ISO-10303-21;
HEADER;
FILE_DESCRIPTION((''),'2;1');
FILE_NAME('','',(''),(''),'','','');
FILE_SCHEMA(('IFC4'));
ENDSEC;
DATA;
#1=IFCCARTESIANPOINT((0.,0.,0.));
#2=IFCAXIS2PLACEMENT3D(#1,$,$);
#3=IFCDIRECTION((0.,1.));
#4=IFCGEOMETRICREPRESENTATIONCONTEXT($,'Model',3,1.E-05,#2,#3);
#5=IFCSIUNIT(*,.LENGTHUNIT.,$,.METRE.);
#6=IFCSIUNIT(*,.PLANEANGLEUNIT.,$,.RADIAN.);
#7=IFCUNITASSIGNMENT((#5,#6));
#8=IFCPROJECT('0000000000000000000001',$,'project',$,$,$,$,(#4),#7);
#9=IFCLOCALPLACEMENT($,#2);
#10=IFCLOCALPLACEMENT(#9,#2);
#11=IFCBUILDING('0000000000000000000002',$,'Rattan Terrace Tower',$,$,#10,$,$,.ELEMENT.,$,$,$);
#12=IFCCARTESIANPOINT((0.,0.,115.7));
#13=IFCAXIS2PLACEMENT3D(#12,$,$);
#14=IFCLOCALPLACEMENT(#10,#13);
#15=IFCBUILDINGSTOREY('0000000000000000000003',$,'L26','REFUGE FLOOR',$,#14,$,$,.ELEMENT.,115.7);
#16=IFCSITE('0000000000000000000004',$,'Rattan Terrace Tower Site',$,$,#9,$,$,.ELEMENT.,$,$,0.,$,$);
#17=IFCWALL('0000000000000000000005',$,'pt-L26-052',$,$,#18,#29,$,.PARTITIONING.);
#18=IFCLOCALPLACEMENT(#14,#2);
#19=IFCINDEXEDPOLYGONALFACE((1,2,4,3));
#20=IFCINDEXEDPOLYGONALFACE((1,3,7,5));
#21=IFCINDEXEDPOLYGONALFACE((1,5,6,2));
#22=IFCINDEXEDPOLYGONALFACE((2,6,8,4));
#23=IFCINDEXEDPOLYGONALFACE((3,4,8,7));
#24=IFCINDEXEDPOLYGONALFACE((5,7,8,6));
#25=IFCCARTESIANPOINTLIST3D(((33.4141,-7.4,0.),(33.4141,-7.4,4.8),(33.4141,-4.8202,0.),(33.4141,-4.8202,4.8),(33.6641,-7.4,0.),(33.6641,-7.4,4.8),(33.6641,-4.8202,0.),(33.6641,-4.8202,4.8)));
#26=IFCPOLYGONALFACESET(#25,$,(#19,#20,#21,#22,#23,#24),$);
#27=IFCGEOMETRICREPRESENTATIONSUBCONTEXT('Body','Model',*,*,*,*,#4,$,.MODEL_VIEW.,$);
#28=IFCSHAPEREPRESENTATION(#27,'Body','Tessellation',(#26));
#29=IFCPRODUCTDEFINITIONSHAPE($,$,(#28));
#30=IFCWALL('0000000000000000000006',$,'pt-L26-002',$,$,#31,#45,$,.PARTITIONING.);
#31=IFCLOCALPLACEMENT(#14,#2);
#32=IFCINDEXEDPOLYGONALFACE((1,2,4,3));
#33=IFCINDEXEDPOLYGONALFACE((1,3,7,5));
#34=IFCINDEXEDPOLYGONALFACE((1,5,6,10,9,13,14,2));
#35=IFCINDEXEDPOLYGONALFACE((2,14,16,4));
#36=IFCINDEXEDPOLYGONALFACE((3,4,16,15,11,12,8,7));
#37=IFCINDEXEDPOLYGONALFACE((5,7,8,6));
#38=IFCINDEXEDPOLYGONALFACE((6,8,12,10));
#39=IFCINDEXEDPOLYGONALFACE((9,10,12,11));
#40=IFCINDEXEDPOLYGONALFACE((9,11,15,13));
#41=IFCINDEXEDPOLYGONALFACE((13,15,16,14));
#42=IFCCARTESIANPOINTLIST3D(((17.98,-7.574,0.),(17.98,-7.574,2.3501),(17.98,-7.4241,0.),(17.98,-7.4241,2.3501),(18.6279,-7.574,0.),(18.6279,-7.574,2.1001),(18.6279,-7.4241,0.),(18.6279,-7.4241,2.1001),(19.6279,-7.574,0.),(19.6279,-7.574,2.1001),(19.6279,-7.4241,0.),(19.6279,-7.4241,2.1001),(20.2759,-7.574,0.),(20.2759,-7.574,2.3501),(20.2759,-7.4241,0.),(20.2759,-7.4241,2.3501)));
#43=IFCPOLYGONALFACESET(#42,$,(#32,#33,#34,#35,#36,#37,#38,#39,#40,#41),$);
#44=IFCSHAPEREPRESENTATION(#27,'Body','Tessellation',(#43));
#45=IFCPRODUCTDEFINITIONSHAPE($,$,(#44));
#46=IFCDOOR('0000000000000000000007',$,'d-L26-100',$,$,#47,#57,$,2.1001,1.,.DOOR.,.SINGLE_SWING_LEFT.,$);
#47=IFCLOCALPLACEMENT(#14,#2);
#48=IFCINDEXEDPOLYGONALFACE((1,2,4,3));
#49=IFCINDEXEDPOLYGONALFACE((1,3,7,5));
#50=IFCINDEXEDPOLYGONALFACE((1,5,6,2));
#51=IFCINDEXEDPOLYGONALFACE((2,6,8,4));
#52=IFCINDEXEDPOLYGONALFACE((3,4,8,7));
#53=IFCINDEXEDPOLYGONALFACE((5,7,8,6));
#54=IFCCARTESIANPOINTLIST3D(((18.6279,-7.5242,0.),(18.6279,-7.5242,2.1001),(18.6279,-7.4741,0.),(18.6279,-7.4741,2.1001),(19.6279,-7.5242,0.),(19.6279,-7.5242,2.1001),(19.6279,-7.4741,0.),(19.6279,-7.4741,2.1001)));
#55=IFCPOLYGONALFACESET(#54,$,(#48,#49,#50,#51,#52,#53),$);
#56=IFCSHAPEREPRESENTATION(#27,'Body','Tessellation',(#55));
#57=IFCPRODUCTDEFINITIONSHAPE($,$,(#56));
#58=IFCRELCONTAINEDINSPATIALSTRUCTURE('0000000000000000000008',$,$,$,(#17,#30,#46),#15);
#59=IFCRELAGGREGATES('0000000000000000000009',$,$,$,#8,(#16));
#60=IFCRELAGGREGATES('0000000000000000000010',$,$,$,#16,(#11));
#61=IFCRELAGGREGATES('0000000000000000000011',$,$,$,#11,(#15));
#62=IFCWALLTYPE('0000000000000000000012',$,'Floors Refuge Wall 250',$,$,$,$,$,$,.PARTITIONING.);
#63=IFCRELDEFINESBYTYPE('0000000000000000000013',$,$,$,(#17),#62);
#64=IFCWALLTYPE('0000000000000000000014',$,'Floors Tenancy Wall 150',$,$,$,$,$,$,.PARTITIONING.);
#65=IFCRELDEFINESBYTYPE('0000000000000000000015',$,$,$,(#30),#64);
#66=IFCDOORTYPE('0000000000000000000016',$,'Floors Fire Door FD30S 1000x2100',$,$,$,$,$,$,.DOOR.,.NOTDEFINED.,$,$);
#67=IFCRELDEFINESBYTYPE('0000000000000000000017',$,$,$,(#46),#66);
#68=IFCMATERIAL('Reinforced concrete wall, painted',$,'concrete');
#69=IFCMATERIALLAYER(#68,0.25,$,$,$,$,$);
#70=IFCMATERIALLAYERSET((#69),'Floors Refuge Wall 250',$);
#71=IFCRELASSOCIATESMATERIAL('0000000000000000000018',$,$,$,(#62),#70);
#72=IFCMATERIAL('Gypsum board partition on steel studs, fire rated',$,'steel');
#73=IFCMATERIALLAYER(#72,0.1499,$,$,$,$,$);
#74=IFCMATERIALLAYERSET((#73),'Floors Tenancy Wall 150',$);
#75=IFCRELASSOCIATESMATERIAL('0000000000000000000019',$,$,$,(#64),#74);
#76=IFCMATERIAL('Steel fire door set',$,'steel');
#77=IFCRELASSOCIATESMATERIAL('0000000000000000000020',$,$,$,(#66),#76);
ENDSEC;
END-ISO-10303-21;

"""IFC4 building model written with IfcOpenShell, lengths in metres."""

from ifc_helpers import new_model, si_unit, direction, frame, frame_2d, origin, place, context, subcontext, project, spatial, rectangle, extrude, material, layer, layer_set, type_object, element, fill, save


model = new_model("IFC4")

# Units and contexts
model_context = context("Model", 3, precision=1e-05, world=origin(), true_north=direction((0.0, 1.0)))
body_context = subcontext(model_context, "Body", "Model", "MODEL_VIEW")
ifc_project = project(units=[si_unit("LENGTHUNIT", "METRE"), si_unit("PLANEANGLEUNIT", "RADIAN")], contexts=[model_context])

# Site, building, storey
site_placement = place(None, origin())
site = spatial("IfcSite", under=ifc_project, at=site_placement, Name="Rattan Terrace Tower Site", CompositionType="ELEMENT", RefElevation=0.0)
building_placement = place(site_placement, origin())
building = spatial("IfcBuilding", under=site, at=building_placement, Name="Rattan Terrace Tower", CompositionType="ELEMENT")
storey_placement = place(building_placement, frame((0.0, 0.0, 115.7)))
storey = spatial("IfcBuildingStorey", under=building, at=storey_placement, Name="L26", Description="REFUGE FLOOR", CompositionType="ELEMENT", Elevation=115.7)

# Shared definitions
ifc_material_1 = material(Name="Reinforced concrete wall, painted", Category="concrete")
ifc_layer_1 = layer(ifc_material_1, 0.25)
ifc_layer_set_1 = layer_set([ifc_layer_1], Name="Floors Refuge Wall 250")
wall_type_1 = type_object("IfcWallType", Name="Floors Refuge Wall 250", PredefinedType="PARTITIONING", material=ifc_layer_set_1)

# Wall
wall_1_placement = place(storey_placement, frame((33.5391, -4.8201, 0.0), z_axis=(0.0, 0.0, 1.0), x_axis=(0.0, -1.0, 0.0)))
element("IfcWall", 1, at=wall_1_placement, inside=storey, type_object=wall_type_1, Name="pt-L26-052", PredefinedType="PARTITIONING", context=body_context, shape_type="SweptSolid", body=[
    extrude(rectangle(XDim=2.5798, YDim=0.25, at=frame_2d((1.29, 0.0))), origin(), (0.0, 0.0, 1.0), 4.8),
])

# Wall, opening, door
ifc_material_2 = material(Name="Gypsum board partition on steel studs, fire rated", Category="steel")
ifc_layer_2 = layer(ifc_material_2, 0.1499)
ifc_layer_set_2 = layer_set([ifc_layer_2], Name="Floors Tenancy Wall 150")
wall_type_2 = type_object("IfcWallType", Name="Floors Tenancy Wall 150", PredefinedType="PARTITIONING", material=ifc_layer_set_2)
wall_2_placement = place(storey_placement, frame((17.98, -7.499, 0.0), z_axis=(0.0, 0.0, 1.0), x_axis=(1.0, 0.0, 0.0)))
wall_2 = element("IfcWall", 2, at=wall_2_placement, inside=storey, type_object=wall_type_2, Name="pt-L26-002", PredefinedType="PARTITIONING", context=body_context, shape_type="SweptSolid", body=[
    extrude(rectangle(XDim=2.2959, YDim=0.1499, at=frame_2d((1.1479, 0.0))), origin(), (0.0, 0.0, 1.0), 2.3501),
])
opening_1_placement = place(wall_2_placement, frame((0.6479, 0.0, 0.0)))
opening_1 = element("IfcOpeningElement", 3, at=opening_1_placement, cuts=wall_2, PredefinedType="OPENING", context=body_context, shape_type="SweptSolid", body=[
    extrude(rectangle(XDim=1.0, YDim=2.1001, at=frame_2d((0.5, 1.05))), frame((0.0, 0.0854, 0.0), z_axis=(0.0, -1.0, 0.0), x_axis=(1.0, 0.0, 0.0)), (0.0, 0.0, 1.0), 0.1709),
])
ifc_material_3 = material(Name="Steel fire door set", Category="steel")
door_type_1 = type_object("IfcDoorType", Name="Floors Fire Door FD30S 1000x2100", OperationType="NOTDEFINED", PredefinedType="DOOR", material=ifc_material_3)
door_1_placement = place(opening_1_placement, origin())
door_1 = element("IfcDoor", 4, at=door_1_placement, inside=storey, type_object=door_type_1, Name="d-L26-100", OperationType="SINGLE_SWING_LEFT", OverallHeight=2.1001, OverallWidth=1.0, PredefinedType="DOOR", context=body_context, shape_type="SweptSolid", body=[
    extrude(rectangle(XDim=1.0, YDim=2.1001, at=frame_2d((0.5, 1.05))), frame((0.0, 0.0249, 0.0), z_axis=(0.0, -1.0, 0.0), x_axis=(1.0, 0.0, 0.0)), (0.0, 0.0, 1.0), 0.05),
])
fill(opening_1, door_1)

save(model, "model.ifc")
